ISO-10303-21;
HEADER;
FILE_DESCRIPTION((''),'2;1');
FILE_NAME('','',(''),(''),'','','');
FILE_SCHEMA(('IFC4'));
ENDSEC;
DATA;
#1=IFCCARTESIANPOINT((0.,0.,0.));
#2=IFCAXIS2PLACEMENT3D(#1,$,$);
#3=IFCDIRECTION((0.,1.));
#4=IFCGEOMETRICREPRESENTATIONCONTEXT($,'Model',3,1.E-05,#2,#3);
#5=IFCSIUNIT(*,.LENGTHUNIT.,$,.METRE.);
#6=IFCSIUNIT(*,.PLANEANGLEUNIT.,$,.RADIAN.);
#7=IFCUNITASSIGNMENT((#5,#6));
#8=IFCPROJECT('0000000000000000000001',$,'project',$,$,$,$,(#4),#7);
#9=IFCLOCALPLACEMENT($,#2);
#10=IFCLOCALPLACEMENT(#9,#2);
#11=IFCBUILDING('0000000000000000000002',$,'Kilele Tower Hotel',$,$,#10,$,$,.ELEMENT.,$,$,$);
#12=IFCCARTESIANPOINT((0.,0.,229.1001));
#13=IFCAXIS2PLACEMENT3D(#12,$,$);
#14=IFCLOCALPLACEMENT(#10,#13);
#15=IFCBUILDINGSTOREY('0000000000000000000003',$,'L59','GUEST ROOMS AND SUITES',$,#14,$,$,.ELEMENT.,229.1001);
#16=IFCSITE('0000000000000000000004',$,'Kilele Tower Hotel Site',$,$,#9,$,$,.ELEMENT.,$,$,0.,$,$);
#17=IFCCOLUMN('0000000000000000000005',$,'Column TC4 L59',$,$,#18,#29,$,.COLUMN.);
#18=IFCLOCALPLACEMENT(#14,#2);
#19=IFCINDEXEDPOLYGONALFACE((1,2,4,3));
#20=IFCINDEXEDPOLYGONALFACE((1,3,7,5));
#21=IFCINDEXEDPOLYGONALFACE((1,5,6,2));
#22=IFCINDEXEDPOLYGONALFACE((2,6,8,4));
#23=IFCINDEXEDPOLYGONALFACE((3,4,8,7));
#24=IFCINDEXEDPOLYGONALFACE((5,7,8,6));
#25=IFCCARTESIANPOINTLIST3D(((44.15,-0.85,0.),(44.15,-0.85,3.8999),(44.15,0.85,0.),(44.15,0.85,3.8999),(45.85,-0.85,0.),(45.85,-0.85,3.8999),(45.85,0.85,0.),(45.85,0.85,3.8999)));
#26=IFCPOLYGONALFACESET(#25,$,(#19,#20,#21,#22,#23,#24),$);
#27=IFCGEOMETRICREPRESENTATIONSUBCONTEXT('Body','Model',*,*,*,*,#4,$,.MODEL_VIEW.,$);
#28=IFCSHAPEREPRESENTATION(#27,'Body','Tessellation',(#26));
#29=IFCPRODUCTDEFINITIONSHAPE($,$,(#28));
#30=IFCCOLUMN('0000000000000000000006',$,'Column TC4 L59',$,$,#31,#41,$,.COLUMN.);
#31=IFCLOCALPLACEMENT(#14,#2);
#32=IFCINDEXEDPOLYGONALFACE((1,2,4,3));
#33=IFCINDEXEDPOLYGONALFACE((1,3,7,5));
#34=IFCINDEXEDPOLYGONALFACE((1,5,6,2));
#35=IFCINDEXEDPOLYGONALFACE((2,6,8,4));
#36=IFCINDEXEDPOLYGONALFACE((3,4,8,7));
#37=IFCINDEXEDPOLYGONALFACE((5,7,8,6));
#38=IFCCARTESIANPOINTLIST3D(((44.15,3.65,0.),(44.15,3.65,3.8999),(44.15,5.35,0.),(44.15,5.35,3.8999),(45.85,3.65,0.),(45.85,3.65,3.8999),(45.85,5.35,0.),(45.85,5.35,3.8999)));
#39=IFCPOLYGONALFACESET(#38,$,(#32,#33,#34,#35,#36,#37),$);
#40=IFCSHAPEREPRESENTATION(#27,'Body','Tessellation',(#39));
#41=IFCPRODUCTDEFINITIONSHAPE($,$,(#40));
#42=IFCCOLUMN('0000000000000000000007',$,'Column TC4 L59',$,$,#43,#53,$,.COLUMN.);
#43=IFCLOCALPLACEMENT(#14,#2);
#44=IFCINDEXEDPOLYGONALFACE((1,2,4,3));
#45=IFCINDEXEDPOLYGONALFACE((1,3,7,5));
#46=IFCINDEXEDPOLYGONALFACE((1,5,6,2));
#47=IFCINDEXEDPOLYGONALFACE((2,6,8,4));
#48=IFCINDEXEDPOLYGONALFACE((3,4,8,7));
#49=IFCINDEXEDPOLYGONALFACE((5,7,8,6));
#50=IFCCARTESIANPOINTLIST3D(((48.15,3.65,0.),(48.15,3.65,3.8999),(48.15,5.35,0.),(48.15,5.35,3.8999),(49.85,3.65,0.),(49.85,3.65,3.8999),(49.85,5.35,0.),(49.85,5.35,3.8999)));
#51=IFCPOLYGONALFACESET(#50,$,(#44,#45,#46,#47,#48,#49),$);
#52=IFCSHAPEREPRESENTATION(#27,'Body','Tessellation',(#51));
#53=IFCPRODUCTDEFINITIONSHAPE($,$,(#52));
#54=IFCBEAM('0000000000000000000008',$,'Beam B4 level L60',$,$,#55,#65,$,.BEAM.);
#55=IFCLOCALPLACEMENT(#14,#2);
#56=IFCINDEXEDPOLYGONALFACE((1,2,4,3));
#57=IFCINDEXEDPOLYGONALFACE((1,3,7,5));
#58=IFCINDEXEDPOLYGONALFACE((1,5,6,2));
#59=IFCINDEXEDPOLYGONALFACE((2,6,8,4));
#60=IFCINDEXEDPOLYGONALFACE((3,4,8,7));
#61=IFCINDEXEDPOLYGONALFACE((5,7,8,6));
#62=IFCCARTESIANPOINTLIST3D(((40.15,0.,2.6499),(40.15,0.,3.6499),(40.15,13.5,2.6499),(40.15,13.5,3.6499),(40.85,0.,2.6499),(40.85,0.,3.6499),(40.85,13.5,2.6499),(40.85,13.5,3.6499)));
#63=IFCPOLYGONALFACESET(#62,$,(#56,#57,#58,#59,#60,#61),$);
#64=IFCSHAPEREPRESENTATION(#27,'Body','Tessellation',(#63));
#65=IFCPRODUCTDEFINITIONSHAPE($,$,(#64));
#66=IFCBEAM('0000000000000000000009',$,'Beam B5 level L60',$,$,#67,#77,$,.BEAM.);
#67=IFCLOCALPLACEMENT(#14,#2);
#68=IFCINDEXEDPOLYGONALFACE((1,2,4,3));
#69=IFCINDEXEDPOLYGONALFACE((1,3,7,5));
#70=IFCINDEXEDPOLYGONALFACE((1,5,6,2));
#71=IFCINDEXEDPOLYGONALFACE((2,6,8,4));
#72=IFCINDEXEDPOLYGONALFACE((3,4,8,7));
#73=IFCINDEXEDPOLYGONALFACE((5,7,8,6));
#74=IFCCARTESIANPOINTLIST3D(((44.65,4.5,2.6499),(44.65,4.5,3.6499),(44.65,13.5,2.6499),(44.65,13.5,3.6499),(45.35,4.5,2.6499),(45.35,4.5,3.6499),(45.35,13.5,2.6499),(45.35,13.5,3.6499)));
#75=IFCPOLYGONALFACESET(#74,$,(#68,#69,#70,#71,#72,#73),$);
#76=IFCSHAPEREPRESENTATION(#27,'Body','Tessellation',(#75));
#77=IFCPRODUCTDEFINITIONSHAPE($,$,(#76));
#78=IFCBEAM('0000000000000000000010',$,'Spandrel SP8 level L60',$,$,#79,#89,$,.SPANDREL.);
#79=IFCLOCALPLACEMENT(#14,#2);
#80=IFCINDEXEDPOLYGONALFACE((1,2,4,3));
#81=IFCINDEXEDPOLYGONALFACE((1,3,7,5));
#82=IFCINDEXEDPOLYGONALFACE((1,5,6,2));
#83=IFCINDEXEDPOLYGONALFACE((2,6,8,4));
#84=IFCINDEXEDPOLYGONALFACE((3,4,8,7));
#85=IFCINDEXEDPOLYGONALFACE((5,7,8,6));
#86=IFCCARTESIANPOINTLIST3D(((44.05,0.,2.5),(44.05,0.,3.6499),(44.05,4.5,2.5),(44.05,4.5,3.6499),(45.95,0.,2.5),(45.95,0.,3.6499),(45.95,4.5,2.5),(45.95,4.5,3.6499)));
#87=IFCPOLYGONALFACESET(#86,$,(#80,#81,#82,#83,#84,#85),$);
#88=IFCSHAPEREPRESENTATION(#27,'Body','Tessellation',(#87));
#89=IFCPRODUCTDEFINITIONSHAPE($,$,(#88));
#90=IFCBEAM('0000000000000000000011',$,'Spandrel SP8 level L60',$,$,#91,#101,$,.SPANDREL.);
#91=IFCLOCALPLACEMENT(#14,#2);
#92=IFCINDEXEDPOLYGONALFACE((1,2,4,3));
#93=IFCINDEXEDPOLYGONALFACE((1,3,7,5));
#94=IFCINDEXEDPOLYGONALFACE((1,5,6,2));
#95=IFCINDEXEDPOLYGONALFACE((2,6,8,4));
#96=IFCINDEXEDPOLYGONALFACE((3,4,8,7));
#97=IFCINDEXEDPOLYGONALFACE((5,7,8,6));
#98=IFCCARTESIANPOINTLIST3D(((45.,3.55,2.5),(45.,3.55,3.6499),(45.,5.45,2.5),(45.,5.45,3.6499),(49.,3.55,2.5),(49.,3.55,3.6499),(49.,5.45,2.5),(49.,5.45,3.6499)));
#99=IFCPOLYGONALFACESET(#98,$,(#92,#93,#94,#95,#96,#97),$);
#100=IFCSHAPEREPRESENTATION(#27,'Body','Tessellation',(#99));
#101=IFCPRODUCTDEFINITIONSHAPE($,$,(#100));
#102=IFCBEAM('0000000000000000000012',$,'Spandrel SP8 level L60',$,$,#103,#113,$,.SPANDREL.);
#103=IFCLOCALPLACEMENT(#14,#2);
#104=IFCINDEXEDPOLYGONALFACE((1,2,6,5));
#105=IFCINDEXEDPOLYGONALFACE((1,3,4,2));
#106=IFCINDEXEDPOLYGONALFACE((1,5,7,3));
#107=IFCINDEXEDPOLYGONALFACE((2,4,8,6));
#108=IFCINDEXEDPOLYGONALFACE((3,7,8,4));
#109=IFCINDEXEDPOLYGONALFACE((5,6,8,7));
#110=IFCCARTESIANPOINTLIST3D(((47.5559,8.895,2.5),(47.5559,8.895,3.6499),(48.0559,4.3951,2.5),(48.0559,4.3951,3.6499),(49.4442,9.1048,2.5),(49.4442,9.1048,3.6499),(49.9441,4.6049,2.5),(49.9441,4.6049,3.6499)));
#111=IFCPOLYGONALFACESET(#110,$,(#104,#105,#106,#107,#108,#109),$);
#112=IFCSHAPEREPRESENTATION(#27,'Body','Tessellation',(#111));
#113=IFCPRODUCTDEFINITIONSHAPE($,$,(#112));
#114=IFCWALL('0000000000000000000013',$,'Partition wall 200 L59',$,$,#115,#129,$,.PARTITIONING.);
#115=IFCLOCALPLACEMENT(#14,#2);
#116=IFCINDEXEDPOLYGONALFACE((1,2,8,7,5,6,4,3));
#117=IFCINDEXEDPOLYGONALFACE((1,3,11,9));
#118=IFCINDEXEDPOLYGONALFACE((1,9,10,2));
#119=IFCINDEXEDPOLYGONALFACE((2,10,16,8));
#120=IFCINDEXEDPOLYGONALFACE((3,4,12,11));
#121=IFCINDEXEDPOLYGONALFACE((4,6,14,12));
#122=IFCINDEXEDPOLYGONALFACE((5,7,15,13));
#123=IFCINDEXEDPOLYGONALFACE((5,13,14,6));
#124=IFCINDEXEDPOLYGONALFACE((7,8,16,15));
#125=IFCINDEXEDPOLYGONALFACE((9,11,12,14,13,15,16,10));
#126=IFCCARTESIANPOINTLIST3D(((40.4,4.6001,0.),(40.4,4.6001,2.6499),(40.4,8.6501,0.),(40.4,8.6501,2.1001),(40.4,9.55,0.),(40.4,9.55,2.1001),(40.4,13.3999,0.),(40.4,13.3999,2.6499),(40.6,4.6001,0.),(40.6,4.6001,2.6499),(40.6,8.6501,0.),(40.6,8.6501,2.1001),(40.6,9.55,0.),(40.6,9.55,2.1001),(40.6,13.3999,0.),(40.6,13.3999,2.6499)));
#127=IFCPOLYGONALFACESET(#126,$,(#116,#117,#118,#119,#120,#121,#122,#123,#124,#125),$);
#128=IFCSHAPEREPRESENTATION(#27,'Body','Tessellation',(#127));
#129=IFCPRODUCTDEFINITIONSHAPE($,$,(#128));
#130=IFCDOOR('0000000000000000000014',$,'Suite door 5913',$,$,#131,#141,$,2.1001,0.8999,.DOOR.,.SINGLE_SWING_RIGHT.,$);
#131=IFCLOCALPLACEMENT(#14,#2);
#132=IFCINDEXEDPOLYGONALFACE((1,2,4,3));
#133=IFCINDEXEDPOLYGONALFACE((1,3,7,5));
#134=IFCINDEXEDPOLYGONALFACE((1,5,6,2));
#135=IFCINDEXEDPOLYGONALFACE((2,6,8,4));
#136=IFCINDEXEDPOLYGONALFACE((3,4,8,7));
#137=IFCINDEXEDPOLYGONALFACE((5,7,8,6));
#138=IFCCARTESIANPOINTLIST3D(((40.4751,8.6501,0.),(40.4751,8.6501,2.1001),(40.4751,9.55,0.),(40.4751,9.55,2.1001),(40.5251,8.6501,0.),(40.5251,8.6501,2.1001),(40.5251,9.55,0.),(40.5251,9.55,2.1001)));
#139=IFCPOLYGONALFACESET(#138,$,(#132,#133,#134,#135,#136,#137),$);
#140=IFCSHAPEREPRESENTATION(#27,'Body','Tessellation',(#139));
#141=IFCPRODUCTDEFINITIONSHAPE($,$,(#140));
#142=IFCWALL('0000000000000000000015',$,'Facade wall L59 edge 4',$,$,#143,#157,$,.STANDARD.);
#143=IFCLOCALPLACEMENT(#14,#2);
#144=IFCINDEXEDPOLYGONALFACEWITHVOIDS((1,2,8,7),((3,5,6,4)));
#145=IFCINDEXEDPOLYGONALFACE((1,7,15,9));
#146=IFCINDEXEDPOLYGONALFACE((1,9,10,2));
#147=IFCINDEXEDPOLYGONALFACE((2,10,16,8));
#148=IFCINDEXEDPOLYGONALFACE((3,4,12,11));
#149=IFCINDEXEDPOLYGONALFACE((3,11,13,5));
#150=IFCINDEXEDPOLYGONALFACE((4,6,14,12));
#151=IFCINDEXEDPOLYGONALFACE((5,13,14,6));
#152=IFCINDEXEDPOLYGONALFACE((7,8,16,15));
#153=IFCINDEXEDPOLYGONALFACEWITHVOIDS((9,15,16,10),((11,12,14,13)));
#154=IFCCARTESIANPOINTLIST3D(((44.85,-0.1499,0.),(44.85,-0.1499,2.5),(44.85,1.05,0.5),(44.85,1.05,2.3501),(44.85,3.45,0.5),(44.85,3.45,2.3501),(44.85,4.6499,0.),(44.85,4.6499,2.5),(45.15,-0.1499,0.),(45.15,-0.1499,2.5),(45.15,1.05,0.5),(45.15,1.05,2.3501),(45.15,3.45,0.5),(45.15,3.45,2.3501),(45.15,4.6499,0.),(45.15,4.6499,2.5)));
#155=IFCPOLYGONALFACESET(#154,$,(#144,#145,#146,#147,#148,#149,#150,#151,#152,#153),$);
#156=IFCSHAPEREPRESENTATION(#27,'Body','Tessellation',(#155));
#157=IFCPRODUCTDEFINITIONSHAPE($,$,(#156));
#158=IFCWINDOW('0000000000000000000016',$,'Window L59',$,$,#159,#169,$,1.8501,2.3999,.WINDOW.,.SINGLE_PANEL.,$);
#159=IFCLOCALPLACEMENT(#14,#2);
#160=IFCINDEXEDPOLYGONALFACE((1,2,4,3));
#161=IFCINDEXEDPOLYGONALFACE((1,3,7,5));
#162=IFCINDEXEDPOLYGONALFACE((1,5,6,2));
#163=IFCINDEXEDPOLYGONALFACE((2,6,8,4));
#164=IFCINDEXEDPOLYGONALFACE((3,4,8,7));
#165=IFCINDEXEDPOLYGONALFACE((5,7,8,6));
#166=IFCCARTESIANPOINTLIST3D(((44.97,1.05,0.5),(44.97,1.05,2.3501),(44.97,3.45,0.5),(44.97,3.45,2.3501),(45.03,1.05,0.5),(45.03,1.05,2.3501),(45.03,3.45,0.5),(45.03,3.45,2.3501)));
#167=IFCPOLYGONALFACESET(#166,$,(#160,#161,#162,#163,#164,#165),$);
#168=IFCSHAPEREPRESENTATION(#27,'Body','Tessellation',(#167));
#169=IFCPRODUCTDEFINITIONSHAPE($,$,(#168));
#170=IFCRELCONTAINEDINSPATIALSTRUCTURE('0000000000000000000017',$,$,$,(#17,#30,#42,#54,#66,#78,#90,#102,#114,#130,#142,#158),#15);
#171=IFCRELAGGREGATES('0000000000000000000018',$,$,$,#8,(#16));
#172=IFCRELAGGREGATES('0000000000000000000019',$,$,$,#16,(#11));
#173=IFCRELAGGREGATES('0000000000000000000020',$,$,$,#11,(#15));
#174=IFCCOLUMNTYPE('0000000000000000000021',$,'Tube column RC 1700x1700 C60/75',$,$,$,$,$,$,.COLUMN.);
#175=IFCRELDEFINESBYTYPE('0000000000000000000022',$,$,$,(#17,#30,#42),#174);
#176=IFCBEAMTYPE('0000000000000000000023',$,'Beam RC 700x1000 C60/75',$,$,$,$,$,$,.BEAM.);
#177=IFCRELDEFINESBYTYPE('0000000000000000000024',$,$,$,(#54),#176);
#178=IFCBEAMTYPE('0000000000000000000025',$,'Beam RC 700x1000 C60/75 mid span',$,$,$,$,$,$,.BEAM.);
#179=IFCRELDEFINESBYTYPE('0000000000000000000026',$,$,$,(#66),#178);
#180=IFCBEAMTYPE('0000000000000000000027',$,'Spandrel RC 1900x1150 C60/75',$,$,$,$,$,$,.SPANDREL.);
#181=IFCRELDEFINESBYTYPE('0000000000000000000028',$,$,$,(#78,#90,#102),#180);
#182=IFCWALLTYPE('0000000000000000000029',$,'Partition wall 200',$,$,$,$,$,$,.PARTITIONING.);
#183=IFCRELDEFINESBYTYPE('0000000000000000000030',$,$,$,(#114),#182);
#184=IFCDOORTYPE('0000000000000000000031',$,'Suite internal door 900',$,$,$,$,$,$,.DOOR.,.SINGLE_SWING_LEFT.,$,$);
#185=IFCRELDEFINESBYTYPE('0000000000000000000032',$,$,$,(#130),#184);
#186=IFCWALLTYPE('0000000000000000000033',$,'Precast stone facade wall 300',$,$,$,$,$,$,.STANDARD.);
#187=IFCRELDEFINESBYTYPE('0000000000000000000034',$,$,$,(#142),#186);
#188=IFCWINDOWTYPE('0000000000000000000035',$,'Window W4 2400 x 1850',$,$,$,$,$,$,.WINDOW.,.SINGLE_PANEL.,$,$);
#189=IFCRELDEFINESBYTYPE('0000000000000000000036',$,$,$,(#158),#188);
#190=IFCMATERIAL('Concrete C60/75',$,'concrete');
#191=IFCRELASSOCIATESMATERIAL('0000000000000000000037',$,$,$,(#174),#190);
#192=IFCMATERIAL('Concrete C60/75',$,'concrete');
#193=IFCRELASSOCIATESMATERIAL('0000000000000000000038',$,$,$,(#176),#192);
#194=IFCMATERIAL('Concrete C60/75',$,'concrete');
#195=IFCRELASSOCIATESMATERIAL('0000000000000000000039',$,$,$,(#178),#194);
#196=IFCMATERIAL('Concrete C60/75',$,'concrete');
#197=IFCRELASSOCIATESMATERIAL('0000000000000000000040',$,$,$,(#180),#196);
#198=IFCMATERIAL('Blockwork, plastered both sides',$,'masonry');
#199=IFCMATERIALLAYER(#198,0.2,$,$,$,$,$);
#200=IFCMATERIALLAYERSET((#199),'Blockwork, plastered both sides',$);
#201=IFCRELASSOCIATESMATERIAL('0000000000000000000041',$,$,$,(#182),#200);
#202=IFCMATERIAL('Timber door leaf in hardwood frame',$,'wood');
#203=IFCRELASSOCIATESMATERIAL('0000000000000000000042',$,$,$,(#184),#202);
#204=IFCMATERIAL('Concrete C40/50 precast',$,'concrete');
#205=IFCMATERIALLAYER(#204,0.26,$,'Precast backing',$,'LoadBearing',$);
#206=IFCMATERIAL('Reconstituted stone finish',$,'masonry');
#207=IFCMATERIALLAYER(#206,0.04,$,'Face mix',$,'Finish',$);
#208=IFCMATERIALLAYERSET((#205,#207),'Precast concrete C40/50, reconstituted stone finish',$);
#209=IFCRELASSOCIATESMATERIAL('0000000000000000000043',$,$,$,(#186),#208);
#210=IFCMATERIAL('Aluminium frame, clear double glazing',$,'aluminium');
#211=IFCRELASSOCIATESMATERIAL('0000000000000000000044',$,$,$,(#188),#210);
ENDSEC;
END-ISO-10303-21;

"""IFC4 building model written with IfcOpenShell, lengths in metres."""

from ifc_helpers import new_model, si_unit, direction, frame, frame_2d, origin, origin_2d, place, context, subcontext, project, spatial, rectangle, extrude, material, layer, layer_set, material_profile, profile_set, type_object, element, fill, save


model = new_model("IFC4")

# Units and contexts
model_context = context("Model", 3, precision=1e-05, world=origin(), true_north=direction((0.0, 1.0)))
body_context = subcontext(model_context, "Body", "Model", "MODEL_VIEW")
ifc_project = project(units=[si_unit("LENGTHUNIT", "METRE"), si_unit("PLANEANGLEUNIT", "RADIAN")], contexts=[model_context])

# Site, building, storey
site_placement = place(None, origin())
site = spatial("IfcSite", under=ifc_project, at=site_placement, Name="Kilele Tower Hotel Site", CompositionType="ELEMENT", RefElevation=0.0)
building_placement = place(site_placement, origin())
building = spatial("IfcBuilding", under=site, at=building_placement, Name="Kilele Tower Hotel", CompositionType="ELEMENT")
storey_placement = place(building_placement, frame((0.0, 0.0, 229.1001)))
storey = spatial("IfcBuildingStorey", under=building, at=storey_placement, Name="L59", Description="GUEST ROOMS AND SUITES", CompositionType="ELEMENT", Elevation=229.1001)

# Columns
ifc_material_1 = material(Name="Concrete C60/75", Category="concrete")
ifc_material_profile_1 = material_profile(ifc_material_1, rectangle(XDim=1.7, YDim=1.7, at=origin_2d()))
ifc_profile_set_1 = profile_set([ifc_material_profile_1], Name="Concrete C60/75")
column_type = type_object("IfcColumnType", Name="Tube column RC 1700x1700 C60/75", PredefinedType="COLUMN", material=ifc_profile_set_1)
for number, where, z_axis, x_axis, name in (
    (1, (45.0, 0.0, 0.0), (0.0, 0.0, 1.0), (1.0, 0.0, 0.0), "Column TC4 L59"),
    (2, (45.0, 4.5, 0.0), (0.0, 0.0, 1.0), (1.0, 0.0, 0.0), "Column TC4 L59"),
    (3, (49.0, 4.5, 0.0), (0.0, 0.0, 1.0), (1.0, 0.0, 0.0), "Column TC4 L59"),
):
    element("IfcColumn", number, at=place(storey_placement, frame(where, z_axis=z_axis, x_axis=x_axis)), inside=storey, type_object=column_type, Name=name, PredefinedType="COLUMN", context=body_context, shape_type="SweptSolid", body=[
        extrude(rectangle(XDim=1.7, YDim=1.7, at=origin_2d()), origin(), (0.0, 0.0, 1.0), 3.8999),
    ])

# Beams
ifc_material_2 = material(Name="Concrete C60/75", Category="concrete")
ifc_material_profile_2 = material_profile(ifc_material_2, rectangle(XDim=0.7, YDim=1.0, at=origin_2d()))
ifc_profile_set_2 = profile_set([ifc_material_profile_2], Name="Concrete C60/75")
beam_type_1 = type_object("IfcBeamType", Name="Beam RC 700x1000 C60/75", PredefinedType="BEAM", material=ifc_profile_set_2)
beam_1_placement = place(storey_placement, frame((40.5, 0.0, 3.1499), z_axis=(0.0, 1.0, 0.0), x_axis=(-1.0, 0.0, 0.0)))
element("IfcBeam", 4, at=beam_1_placement, inside=storey, type_object=beam_type_1, Name="Beam B4 level L60", PredefinedType="BEAM", context=body_context, shape_type="SweptSolid", body=[
    extrude(rectangle(XDim=0.7, YDim=1.0, at=origin_2d()), origin(), (0.0, 0.0, 1.0), 13.5),
])
ifc_material_3 = material(Name="Concrete C60/75", Category="concrete")
ifc_material_profile_3 = material_profile(ifc_material_3, rectangle(XDim=0.7, YDim=1.0, at=origin_2d()))
ifc_profile_set_3 = profile_set([ifc_material_profile_3], Name="Concrete C60/75")
beam_type_2 = type_object("IfcBeamType", Name="Beam RC 700x1000 C60/75 mid span", PredefinedType="BEAM", material=ifc_profile_set_3)
beam_2_placement = place(storey_placement, frame((45.0, 4.5, 3.1499), z_axis=(0.0, 1.0, 0.0), x_axis=(-1.0, 0.0, 0.0)))
element("IfcBeam", 5, at=beam_2_placement, inside=storey, type_object=beam_type_2, Name="Beam B5 level L60", PredefinedType="BEAM", context=body_context, shape_type="SweptSolid", body=[
    extrude(rectangle(XDim=0.7, YDim=1.0, at=origin_2d()), origin(), (0.0, 0.0, 1.0), 9.0),
])
ifc_material_4 = material(Name="Concrete C60/75", Category="concrete")
ifc_material_profile_4 = material_profile(ifc_material_4, rectangle(XDim=1.8999, YDim=1.1499, at=origin_2d()))
ifc_profile_set_4 = profile_set([ifc_material_profile_4], Name="Concrete C60/75")
beam_type_3 = type_object("IfcBeamType", Name="Spandrel RC 1900x1150 C60/75", PredefinedType="SPANDREL", material=ifc_profile_set_4)
beam_3_placement = place(storey_placement, frame((45.0, 0.0, 3.075), z_axis=(0.0, 1.0, 0.0), x_axis=(-1.0, 0.0, 0.0)))
element("IfcBeam", 6, at=beam_3_placement, inside=storey, type_object=beam_type_3, Name="Spandrel SP8 level L60", PredefinedType="SPANDREL", context=body_context, shape_type="SweptSolid", body=[
    extrude(rectangle(XDim=1.8999, YDim=1.1499, at=origin_2d()), origin(), (0.0, 0.0, 1.0), 4.5),
])
beam_4_placement = place(storey_placement, frame((45.0, 4.5, 3.075), z_axis=(1.0, 0.0, 0.0), x_axis=(0.0, 1.0, 0.0)))
element("IfcBeam", 7, at=beam_4_placement, inside=storey, type_object=beam_type_3, Name="Spandrel SP8 level L60", PredefinedType="SPANDREL", context=body_context, shape_type="SweptSolid", body=[
    extrude(rectangle(XDim=1.8999, YDim=1.1499, at=origin_2d()), origin(), (0.0, 0.0, 1.0), 4.0),
])
beam_5_placement = place(storey_placement, frame((49.0, 4.5, 3.075), z_axis=(-0.110432, 0.993884, 0.0), x_axis=(-0.993884, -0.110432, 0.0)))
element("IfcBeam", 8, at=beam_5_placement, inside=storey, type_object=beam_type_3, Name="Spandrel SP8 level L60", PredefinedType="SPANDREL", context=body_context, shape_type="SweptSolid", body=[
    extrude(rectangle(XDim=1.8999, YDim=1.1499, at=origin_2d()), origin(), (0.0, 0.0, 1.0), 4.5276),
])

# Wall, opening, door
ifc_material_5 = material(Name="Blockwork, plastered both sides", Category="masonry")
ifc_layer_1 = layer(ifc_material_5, 0.2)
ifc_layer_set_1 = layer_set([ifc_layer_1], Name="Blockwork, plastered both sides")
wall_type_1 = type_object("IfcWallType", Name="Partition wall 200", PredefinedType="PARTITIONING", material=ifc_layer_set_1)
wall_1_placement = place(storey_placement, frame((40.5, 4.6001, 0.0), z_axis=(0.0, 0.0, 1.0), x_axis=(0.0, 1.0, 0.0)))
wall_1 = element("IfcWall", 9, at=wall_1_placement, inside=storey, type_object=wall_type_1, Name="Partition wall 200 L59", PredefinedType="PARTITIONING", context=body_context, shape_type="SweptSolid", body=[
    extrude(rectangle(XDim=8.7998, YDim=0.2, at=frame_2d((4.3999, 0.0))), origin(), (0.0, 0.0, 1.0), 2.6499),
])
opening_1_placement = place(wall_1_placement, frame((4.05, 0.0, 0.0)))
opening_1 = element("IfcOpeningElement", 10, at=opening_1_placement, cuts=wall_1, PredefinedType="OPENING", context=body_context, shape_type="SweptSolid", body=[
    extrude(rectangle(XDim=0.8999, YDim=2.1001, at=frame_2d((0.45, 1.05))), frame((0.0, 0.1099, 0.0), z_axis=(0.0, -1.0, 0.0), x_axis=(1.0, 0.0, 0.0)), (0.0, 0.0, 1.0), 0.22),
])
ifc_material_6 = material(Name="Timber door leaf in hardwood frame", Category="wood")
door_type = type_object("IfcDoorType", Name="Suite internal door 900", OperationType="SINGLE_SWING_LEFT", PredefinedType="DOOR", material=ifc_material_6)
door_placement = place(opening_1_placement, origin())
door = element("IfcDoor", 11, at=door_placement, inside=storey, type_object=door_type, Name="Suite door 5913", OperationType="SINGLE_SWING_RIGHT", OverallHeight=2.1001, OverallWidth=0.8999, PredefinedType="DOOR", context=body_context, shape_type="SweptSolid", body=[
    extrude(rectangle(XDim=0.8999, YDim=2.1001, at=frame_2d((0.45, 1.05))), frame((0.0, 0.0249, 0.0), z_axis=(0.0, -1.0, 0.0), x_axis=(1.0, 0.0, 0.0)), (0.0, 0.0, 1.0), 0.05),
])
fill(opening_1, door)

# Wall, opening, window
ifc_material_7 = material(Name="Concrete C40/50 precast", Category="concrete")
ifc_layer_2 = layer(ifc_material_7, 0.26, Name="Precast backing", Category="LoadBearing")
ifc_material_8 = material(Name="Reconstituted stone finish", Category="masonry")
ifc_layer_3 = layer(ifc_material_8, 0.04, Name="Face mix", Category="Finish")
ifc_layer_set_2 = layer_set([ifc_layer_2, ifc_layer_3], Name="Precast concrete C40/50, reconstituted stone finish")
wall_type_2 = type_object("IfcWallType", Name="Precast stone facade wall 300", PredefinedType="STANDARD", material=ifc_layer_set_2)
wall_2_placement = place(storey_placement, frame((45.0, -0.1499, 0.0), z_axis=(0.0, 0.0, 1.0), x_axis=(0.0, 1.0, 0.0)))
wall_2 = element("IfcWall", 12, at=wall_2_placement, inside=storey, type_object=wall_type_2, Name="Facade wall L59 edge 4", PredefinedType="STANDARD", context=body_context, shape_type="SweptSolid", body=[
    extrude(rectangle(XDim=4.7998, YDim=0.3, at=frame_2d((2.3999, 0.0))), origin(), (0.0, 0.0, 1.0), 2.5),
])
opening_2_placement = place(wall_2_placement, frame((1.2, 0.0, 0.5)))
opening_2 = element("IfcOpeningElement", 13, at=opening_2_placement, cuts=wall_2, PredefinedType="OPENING", context=body_context, shape_type="SweptSolid", body=[
    extrude(rectangle(XDim=2.3999, YDim=1.8501, at=frame_2d((1.2, 0.925))), frame((0.0, 0.1599, 0.0), z_axis=(0.0, -1.0, 0.0), x_axis=(1.0, 0.0, 0.0)), (0.0, 0.0, 1.0), 0.3201),
])
ifc_material_9 = material(Name="Aluminium frame, clear double glazing", Category="aluminium")
window_type_1 = type_object("IfcWindowType", Name="Window W4 2400 x 1850", PartitioningType="SINGLE_PANEL", PredefinedType="WINDOW", material=ifc_material_9)
window_1_placement = place(opening_2_placement, origin())
window_1 = element("IfcWindow", 14, at=window_1_placement, inside=storey, type_object=window_type_1, Name="Window L59", OverallHeight=1.8501, OverallWidth=2.3999, PartitioningType="SINGLE_PANEL", PredefinedType="WINDOW", context=body_context, shape_type="SweptSolid", body=[
    extrude(rectangle(XDim=2.3999, YDim=1.8501, at=frame_2d((1.2, 0.925))), frame((0.0, 0.03, 0.0), z_axis=(0.0, -1.0, 0.0), x_axis=(1.0, 0.0, 0.0)), (0.0, 0.0, 1.0), 0.0601),
])
fill(opening_2, window_1)

save(model, "model.ifc")
